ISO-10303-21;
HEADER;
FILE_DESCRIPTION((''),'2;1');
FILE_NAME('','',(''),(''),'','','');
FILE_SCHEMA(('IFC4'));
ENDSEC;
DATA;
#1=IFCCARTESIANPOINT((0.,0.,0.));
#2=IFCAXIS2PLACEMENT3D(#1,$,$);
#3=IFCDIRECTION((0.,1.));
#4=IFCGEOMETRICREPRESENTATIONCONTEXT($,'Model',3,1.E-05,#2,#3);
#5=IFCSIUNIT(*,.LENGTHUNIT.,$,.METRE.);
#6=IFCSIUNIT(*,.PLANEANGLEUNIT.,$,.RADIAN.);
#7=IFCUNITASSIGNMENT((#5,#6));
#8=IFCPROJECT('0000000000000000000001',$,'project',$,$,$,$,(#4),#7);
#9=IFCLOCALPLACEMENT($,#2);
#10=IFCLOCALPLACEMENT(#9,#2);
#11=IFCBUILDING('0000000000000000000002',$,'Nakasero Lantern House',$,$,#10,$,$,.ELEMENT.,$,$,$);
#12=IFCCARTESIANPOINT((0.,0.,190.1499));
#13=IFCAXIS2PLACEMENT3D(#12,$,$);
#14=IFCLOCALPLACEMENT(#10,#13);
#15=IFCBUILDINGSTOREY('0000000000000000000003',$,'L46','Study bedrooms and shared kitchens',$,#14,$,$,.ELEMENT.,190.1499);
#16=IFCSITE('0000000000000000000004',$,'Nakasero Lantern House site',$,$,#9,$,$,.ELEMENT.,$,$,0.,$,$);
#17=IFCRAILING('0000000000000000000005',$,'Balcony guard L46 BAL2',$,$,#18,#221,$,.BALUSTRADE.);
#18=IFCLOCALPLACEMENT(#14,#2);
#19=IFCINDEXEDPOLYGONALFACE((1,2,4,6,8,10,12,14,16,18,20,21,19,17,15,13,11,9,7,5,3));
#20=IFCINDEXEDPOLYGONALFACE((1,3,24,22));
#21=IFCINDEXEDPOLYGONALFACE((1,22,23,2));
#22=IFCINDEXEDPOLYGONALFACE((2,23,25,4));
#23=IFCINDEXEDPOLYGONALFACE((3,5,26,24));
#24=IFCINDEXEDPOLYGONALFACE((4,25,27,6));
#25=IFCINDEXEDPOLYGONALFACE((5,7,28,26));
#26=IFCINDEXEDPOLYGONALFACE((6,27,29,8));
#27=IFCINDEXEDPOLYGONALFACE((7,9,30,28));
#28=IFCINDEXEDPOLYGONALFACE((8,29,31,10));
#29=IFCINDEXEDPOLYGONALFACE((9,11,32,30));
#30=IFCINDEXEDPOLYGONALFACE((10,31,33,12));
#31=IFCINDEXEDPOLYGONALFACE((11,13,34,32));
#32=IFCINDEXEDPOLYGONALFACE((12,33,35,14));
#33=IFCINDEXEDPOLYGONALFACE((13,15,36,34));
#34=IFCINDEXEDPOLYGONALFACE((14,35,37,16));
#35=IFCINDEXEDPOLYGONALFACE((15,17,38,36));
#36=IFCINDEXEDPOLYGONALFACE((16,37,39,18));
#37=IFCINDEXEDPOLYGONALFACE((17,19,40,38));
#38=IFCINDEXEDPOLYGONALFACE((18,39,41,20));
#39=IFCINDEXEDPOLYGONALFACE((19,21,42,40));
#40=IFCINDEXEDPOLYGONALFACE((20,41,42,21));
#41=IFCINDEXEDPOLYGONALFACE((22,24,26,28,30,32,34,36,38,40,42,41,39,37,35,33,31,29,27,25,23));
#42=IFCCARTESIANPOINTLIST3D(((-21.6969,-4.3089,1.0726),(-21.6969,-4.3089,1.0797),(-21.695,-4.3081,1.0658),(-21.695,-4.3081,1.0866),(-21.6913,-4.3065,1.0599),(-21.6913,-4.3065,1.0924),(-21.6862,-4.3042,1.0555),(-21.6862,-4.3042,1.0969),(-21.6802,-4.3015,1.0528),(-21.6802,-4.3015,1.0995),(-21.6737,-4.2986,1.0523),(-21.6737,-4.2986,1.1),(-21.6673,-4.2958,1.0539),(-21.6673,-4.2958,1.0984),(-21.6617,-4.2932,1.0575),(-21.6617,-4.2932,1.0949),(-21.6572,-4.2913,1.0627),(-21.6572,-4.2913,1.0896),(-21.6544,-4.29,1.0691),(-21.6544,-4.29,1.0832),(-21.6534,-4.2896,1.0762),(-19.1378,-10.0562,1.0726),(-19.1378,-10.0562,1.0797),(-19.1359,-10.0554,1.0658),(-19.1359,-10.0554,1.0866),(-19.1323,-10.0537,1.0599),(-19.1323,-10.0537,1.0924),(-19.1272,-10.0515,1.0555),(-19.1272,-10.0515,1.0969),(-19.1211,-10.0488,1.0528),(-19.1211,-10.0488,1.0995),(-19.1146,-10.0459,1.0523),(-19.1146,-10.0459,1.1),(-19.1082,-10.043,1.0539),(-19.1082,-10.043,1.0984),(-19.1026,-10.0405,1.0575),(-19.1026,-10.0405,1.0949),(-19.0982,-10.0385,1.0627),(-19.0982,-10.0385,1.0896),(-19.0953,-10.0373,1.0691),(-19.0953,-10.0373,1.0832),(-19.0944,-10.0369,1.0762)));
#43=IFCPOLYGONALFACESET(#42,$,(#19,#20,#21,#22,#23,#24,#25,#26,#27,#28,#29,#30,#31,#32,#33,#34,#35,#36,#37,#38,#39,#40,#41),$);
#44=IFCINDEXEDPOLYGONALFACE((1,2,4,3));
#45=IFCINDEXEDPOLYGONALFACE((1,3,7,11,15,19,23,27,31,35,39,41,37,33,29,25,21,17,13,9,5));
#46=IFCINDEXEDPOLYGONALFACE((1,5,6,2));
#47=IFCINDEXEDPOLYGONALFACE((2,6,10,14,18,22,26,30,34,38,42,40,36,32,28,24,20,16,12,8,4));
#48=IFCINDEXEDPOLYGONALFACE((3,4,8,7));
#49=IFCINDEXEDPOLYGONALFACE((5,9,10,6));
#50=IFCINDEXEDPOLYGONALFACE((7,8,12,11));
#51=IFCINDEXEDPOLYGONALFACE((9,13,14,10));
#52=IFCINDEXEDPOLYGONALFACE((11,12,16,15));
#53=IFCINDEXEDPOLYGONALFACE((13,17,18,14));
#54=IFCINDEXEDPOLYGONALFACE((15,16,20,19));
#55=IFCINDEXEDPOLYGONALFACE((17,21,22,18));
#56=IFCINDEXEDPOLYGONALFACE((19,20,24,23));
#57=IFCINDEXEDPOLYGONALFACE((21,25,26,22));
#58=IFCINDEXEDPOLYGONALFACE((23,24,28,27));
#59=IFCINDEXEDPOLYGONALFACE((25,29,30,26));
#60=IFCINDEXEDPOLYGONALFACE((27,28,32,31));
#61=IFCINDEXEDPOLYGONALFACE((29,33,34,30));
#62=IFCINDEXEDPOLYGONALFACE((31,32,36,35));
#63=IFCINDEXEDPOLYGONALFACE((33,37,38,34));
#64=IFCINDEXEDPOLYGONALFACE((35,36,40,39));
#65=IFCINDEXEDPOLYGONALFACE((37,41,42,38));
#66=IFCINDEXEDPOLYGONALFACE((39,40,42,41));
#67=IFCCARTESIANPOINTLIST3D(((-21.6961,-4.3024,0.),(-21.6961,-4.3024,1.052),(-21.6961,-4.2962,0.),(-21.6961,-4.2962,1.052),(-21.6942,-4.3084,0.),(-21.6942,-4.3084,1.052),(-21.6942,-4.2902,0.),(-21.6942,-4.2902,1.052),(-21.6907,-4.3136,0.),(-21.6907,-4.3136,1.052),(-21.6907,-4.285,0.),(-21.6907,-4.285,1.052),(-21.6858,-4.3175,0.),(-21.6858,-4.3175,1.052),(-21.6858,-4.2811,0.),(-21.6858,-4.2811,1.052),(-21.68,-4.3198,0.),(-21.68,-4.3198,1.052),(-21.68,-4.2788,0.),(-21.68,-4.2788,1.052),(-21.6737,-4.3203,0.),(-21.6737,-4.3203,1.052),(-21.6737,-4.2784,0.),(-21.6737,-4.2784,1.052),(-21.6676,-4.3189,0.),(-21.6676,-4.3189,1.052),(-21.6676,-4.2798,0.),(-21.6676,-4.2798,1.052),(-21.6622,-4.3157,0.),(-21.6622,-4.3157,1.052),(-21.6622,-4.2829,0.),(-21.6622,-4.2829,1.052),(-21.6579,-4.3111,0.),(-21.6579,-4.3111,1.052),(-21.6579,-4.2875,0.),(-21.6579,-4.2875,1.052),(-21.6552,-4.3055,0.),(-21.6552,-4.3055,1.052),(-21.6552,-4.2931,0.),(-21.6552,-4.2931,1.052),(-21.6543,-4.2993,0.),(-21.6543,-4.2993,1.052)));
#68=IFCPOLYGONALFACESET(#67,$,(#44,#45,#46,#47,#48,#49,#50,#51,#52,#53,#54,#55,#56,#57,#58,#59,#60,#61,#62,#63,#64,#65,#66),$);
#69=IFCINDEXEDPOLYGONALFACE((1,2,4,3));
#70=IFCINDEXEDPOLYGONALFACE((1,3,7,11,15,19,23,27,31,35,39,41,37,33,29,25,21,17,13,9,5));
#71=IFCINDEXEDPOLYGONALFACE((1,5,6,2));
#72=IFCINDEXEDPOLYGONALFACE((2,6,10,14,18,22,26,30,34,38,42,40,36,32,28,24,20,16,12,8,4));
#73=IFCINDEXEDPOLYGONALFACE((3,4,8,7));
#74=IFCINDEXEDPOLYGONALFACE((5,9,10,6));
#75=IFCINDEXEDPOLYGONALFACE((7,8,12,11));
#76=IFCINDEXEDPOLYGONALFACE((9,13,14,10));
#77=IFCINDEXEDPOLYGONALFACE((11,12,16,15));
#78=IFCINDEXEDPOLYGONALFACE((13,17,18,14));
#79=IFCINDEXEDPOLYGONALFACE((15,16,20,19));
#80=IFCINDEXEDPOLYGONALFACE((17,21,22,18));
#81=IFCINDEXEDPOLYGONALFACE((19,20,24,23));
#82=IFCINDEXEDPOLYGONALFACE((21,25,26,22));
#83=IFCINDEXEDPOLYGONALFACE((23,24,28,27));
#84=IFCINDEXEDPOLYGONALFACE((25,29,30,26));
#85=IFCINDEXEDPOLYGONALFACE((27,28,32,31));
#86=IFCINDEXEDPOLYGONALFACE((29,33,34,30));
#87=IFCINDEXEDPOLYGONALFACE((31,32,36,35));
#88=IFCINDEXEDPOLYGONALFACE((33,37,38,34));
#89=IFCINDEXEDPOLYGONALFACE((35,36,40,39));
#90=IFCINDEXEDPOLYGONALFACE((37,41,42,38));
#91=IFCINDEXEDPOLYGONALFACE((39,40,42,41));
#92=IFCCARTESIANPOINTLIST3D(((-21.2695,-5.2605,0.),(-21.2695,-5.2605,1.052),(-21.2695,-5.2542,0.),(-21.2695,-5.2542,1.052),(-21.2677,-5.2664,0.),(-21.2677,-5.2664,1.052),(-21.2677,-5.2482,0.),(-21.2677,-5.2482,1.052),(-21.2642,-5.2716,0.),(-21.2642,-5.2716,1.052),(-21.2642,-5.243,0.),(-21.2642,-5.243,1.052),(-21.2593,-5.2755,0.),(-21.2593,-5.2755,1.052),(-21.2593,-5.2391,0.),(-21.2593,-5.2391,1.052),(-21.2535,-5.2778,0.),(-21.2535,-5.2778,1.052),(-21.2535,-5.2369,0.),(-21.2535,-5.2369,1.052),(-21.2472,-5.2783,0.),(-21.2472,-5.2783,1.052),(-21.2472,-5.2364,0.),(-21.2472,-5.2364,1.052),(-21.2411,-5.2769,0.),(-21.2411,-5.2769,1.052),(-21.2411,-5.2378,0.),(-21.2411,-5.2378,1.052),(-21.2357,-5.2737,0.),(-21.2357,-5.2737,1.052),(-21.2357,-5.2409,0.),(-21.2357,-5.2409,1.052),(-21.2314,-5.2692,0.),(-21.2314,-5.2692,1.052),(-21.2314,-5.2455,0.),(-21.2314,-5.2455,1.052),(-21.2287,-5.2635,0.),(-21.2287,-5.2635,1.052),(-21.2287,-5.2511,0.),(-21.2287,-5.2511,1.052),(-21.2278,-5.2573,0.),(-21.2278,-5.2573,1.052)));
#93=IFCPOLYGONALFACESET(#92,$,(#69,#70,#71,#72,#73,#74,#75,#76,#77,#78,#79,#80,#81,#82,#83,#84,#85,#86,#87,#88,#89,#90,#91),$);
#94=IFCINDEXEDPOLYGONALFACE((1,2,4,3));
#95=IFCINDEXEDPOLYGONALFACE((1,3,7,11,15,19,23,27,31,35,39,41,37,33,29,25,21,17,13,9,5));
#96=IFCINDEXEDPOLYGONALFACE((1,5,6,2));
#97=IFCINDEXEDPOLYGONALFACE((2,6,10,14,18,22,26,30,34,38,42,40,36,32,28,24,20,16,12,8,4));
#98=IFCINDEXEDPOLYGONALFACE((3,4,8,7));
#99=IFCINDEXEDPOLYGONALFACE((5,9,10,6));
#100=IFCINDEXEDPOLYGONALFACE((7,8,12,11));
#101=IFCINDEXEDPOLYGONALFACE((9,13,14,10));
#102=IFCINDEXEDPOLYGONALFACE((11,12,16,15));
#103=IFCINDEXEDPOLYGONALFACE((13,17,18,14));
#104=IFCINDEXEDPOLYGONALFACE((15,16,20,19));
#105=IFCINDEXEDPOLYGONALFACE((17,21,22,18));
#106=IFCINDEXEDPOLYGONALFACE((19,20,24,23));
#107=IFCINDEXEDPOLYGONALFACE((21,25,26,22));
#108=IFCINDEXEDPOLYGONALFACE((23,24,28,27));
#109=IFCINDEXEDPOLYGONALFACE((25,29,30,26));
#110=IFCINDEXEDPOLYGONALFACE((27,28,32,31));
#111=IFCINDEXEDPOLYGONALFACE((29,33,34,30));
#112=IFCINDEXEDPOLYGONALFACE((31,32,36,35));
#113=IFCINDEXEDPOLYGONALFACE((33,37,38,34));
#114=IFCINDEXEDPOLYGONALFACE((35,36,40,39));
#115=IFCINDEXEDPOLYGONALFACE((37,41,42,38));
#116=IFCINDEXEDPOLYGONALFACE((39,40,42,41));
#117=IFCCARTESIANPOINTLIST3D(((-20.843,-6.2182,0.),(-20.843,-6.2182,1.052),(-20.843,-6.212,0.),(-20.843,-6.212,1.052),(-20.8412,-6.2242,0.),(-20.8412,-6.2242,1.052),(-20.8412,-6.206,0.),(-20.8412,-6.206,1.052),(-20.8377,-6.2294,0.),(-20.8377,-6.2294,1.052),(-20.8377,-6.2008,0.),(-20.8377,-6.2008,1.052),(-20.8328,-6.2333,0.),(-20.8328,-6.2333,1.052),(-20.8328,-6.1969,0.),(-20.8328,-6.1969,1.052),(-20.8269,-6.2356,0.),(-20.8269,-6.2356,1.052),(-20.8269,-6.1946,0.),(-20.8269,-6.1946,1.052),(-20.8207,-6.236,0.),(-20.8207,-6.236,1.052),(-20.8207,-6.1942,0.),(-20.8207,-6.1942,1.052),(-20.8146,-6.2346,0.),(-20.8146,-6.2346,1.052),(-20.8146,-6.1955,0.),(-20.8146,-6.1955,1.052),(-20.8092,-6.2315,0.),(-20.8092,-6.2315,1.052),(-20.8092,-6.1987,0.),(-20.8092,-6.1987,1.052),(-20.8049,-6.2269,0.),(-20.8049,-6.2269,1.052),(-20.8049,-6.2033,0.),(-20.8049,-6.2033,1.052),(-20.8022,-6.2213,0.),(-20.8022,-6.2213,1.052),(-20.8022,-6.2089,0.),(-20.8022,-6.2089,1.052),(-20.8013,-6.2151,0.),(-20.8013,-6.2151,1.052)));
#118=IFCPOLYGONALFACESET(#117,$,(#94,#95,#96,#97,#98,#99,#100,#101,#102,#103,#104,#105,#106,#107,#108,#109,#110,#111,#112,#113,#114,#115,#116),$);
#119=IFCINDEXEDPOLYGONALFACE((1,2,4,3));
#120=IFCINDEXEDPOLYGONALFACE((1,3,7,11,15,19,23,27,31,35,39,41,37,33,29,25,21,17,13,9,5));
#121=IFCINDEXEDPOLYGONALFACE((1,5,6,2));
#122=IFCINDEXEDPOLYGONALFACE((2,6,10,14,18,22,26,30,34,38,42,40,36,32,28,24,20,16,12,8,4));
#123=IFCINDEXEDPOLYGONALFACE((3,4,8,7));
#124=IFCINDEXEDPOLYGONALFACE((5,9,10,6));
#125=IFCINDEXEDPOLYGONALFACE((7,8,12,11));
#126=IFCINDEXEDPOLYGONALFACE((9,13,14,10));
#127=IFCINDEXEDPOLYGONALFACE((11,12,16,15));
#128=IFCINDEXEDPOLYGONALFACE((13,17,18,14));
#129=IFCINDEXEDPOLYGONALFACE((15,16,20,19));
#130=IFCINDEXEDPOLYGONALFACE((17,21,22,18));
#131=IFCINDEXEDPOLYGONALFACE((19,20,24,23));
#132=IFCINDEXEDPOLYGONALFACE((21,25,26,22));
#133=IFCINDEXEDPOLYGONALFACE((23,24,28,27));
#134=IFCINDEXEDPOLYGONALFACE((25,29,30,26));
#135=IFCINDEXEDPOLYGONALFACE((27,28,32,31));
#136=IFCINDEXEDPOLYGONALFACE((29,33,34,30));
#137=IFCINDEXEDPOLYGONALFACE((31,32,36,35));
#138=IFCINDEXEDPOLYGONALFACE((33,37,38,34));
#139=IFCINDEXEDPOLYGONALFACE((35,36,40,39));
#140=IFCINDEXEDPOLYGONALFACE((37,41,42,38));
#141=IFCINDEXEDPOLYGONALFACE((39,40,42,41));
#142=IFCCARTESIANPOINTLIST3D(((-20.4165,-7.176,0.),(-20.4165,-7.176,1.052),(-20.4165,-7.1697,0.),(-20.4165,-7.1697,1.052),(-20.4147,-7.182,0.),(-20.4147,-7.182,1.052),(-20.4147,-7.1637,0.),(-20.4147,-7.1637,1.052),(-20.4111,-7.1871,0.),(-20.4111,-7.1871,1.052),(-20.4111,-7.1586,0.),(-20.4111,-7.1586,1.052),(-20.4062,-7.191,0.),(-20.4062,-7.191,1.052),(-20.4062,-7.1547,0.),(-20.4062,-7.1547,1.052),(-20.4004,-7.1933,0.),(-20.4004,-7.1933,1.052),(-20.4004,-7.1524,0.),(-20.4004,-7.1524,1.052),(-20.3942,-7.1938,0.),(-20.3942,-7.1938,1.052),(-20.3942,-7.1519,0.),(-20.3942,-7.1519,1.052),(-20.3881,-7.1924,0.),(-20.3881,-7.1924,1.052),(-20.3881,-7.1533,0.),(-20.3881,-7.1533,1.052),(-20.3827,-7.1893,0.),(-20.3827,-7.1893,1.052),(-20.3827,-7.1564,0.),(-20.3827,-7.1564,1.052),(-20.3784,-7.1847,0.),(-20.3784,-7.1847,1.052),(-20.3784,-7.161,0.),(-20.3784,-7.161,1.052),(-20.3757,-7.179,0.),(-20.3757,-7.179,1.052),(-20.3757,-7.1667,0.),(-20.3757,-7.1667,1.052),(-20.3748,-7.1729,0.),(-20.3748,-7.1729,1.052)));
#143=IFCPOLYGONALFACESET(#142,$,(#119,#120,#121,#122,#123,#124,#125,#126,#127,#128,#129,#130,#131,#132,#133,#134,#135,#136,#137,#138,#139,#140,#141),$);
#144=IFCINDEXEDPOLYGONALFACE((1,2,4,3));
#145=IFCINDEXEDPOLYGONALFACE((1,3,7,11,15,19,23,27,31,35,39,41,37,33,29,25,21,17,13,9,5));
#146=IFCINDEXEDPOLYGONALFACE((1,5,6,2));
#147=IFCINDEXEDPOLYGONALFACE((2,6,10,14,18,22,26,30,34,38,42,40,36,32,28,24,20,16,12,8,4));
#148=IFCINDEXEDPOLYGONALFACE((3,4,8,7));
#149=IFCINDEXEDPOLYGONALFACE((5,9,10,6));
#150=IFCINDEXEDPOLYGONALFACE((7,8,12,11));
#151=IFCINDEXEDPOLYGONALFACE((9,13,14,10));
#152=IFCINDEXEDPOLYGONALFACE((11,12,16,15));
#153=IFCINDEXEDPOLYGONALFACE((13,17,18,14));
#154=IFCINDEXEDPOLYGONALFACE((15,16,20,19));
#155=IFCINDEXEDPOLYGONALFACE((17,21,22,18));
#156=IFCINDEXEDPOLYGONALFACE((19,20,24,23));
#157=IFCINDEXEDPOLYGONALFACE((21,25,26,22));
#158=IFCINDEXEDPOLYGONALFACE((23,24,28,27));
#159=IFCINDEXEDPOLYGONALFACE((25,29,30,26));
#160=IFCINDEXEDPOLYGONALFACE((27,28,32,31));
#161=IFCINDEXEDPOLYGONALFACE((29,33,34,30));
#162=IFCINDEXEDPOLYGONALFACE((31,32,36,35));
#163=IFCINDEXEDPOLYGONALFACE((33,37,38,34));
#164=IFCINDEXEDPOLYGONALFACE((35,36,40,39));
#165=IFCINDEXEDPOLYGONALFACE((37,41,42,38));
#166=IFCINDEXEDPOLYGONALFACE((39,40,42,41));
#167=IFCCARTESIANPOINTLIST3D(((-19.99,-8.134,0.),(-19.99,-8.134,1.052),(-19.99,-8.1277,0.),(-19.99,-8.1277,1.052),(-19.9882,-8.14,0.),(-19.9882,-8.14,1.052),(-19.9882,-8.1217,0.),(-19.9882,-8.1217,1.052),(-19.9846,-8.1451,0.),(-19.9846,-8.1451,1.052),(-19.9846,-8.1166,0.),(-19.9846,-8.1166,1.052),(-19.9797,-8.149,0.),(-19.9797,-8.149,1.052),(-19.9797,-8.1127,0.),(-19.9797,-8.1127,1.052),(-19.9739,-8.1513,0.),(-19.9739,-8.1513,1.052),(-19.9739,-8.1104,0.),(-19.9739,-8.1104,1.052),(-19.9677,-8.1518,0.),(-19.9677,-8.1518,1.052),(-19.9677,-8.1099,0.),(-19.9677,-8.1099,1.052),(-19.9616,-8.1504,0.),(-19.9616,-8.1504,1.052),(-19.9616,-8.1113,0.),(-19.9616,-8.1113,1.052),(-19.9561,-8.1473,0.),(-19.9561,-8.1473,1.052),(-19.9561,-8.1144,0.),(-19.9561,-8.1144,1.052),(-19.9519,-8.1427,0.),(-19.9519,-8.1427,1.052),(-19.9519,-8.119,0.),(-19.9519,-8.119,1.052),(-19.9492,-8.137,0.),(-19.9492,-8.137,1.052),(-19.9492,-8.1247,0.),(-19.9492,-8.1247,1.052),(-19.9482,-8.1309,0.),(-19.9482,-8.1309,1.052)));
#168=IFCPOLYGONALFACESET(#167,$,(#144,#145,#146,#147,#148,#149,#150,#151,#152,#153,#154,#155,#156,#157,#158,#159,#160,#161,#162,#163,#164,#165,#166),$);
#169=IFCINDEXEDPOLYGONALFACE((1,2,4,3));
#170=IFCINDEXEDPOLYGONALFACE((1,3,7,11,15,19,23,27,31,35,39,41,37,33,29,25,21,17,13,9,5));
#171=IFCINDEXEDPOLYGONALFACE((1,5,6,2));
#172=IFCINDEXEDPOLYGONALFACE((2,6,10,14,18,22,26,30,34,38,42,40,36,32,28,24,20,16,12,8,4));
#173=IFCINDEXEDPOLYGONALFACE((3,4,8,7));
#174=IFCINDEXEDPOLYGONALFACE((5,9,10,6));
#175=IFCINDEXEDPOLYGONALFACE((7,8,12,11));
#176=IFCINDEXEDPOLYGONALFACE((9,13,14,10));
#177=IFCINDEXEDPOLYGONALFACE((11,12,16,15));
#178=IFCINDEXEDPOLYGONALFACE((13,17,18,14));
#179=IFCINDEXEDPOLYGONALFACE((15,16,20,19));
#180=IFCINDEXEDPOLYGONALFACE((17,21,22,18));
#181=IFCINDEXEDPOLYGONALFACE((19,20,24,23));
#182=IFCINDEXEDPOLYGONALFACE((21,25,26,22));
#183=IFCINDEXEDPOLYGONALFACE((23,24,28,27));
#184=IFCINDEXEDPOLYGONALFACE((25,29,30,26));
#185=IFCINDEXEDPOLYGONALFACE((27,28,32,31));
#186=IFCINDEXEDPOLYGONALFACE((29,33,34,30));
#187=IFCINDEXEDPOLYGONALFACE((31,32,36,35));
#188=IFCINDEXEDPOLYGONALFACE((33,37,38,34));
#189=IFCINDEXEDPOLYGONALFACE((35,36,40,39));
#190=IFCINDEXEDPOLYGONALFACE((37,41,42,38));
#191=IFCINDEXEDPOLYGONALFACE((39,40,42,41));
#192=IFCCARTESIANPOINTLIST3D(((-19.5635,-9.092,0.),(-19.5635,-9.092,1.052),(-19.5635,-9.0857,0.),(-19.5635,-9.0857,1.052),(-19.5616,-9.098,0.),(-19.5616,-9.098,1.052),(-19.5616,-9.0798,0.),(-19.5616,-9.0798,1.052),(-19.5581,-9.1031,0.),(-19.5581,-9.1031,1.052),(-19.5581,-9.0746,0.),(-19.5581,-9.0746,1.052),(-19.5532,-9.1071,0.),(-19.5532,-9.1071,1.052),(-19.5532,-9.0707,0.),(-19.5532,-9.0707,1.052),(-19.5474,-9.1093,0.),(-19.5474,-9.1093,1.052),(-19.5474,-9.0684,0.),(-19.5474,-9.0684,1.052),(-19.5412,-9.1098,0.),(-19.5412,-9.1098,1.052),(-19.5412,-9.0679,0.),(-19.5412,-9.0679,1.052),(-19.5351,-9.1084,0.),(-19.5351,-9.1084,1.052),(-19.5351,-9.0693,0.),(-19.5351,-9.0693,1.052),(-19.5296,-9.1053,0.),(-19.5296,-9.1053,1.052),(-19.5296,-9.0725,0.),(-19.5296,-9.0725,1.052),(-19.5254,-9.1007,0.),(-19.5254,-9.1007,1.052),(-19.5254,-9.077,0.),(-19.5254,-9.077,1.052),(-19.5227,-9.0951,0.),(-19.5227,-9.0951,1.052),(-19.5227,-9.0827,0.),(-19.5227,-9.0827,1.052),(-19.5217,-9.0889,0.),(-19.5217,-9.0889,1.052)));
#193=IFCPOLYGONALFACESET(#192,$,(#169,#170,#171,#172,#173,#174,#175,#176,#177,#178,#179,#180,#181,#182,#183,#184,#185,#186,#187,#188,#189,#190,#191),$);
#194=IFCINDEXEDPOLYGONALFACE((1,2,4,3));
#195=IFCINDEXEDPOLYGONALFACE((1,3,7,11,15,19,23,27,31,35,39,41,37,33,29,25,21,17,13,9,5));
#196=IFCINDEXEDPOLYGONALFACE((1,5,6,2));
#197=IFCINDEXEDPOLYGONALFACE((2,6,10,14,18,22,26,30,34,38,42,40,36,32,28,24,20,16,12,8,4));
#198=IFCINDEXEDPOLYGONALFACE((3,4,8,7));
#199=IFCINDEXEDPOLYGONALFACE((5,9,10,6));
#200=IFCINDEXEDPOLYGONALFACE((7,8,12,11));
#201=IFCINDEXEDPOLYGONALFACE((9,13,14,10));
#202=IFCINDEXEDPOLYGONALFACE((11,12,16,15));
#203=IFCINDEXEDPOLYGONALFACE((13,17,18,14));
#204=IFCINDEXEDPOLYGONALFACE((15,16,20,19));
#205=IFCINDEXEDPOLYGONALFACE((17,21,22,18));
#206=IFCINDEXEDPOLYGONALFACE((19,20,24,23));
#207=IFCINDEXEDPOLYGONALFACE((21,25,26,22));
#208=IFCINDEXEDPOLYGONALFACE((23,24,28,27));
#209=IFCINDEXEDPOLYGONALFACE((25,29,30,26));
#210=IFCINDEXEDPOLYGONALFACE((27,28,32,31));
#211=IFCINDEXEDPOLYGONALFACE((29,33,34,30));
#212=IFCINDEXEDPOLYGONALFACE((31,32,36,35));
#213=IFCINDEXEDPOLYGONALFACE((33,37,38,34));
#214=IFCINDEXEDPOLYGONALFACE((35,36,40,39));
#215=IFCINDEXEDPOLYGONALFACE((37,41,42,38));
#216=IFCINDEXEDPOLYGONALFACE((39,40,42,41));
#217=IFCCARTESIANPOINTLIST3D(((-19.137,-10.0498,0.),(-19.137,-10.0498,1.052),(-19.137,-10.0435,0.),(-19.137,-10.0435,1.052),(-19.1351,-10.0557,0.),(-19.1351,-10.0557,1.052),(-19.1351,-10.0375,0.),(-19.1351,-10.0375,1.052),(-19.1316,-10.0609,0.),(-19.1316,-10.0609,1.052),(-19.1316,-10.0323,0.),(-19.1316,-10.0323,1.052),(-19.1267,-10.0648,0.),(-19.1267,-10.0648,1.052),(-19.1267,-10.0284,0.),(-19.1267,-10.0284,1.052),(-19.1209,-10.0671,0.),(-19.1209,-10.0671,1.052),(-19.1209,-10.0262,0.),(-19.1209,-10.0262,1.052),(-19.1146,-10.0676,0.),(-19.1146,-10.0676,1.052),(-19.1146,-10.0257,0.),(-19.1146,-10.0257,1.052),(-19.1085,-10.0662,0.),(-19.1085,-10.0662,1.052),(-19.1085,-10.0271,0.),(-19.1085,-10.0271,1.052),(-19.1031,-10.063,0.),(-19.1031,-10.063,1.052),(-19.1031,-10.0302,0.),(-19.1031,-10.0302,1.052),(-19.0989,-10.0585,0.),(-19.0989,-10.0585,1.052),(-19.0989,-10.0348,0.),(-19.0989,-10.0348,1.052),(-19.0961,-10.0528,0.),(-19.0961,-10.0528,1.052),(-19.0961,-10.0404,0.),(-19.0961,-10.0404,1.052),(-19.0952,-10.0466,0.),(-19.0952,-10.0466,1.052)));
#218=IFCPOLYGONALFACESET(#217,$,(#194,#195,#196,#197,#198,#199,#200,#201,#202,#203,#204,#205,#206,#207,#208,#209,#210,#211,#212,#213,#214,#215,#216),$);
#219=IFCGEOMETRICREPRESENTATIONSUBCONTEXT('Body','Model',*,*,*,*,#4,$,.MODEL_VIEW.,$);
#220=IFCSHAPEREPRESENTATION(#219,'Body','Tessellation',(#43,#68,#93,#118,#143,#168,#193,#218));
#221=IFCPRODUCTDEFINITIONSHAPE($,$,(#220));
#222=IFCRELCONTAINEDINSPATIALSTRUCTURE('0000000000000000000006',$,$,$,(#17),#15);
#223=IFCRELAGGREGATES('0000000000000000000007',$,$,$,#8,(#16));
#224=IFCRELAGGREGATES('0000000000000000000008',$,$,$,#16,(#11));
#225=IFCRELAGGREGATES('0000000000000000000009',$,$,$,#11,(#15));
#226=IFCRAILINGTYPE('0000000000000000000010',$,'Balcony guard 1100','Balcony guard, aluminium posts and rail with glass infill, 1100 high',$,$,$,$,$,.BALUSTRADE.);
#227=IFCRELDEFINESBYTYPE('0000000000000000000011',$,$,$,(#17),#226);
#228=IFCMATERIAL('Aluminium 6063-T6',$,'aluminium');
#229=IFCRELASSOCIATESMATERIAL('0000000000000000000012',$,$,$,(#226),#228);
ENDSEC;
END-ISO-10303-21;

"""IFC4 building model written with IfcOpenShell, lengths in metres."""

from ifc_helpers import new_model, si_unit, direction, frame, origin, origin_2d, place, context, subcontext, project, spatial, circle, extrude, material, type_object, element, save


model = new_model("IFC4")

# Units and contexts
model_context = context("Model", 3, precision=1e-05, world=origin(), true_north=direction((0.0, 1.0)))
body_context = subcontext(model_context, "Body", "Model", "MODEL_VIEW")
ifc_project = project(units=[si_unit("LENGTHUNIT", "METRE"), si_unit("PLANEANGLEUNIT", "RADIAN")], contexts=[model_context])

# Site, building, storey
site_placement = place(None, origin())
site = spatial("IfcSite", under=ifc_project, at=site_placement, Name="Nakasero Lantern House site", CompositionType="ELEMENT", RefElevation=0.0)
building_placement = place(site_placement, origin())
building = spatial("IfcBuilding", under=site, at=building_placement, Name="Nakasero Lantern House", CompositionType="ELEMENT")
storey_placement = place(building_placement, frame((0.0, 0.0, 190.1499)))
storey = spatial("IfcBuildingStorey", under=building, at=storey_placement, Name="L46", Description="Study bedrooms and shared kitchens", CompositionType="ELEMENT", Elevation=190.1499)

# Railing
ifc_material_1 = material(Name="Aluminium 6063-T6", Category="aluminium")
railing_type = type_object("IfcRailingType", Name="Balcony guard 1100", Description="Balcony guard, aluminium posts and rail with glass infill, 1100 high", PredefinedType="BALUSTRADE", material=ifc_material_1)
railing_placement = place(storey_placement, frame((-21.6753, -4.2993, 0.0)))
element("IfcRailing", 1, at=railing_placement, inside=storey, type_object=railing_type, Name="Balcony guard L46 BAL2", PredefinedType="BALUSTRADE", context=body_context, shape_type="SweptSolid", body=[
    extrude(circle(Radius=0.0239, at=origin_2d()), frame((0.0, 0.0, 1.0762), z_axis=(0.406765, -0.913533, 0.0), x_axis=(0.913533, 0.406765, 0.0)), (0.0, 0.0, 1.0), 6.2913),
    extrude(circle(Radius=0.021, at=origin_2d()), origin(), (0.0, 0.0, 1.0), 1.052),
    extrude(circle(Radius=0.021, at=origin_2d()), frame((0.4265, -0.958, 0.0)), (0.0, 0.0, 1.0), 1.052),
    extrude(circle(Radius=0.021, at=origin_2d()), frame((0.853, -1.9158, 0.0)), (0.0, 0.0, 1.0), 1.052),
    extrude(circle(Radius=0.021, at=origin_2d()), frame((1.2795, -2.8735, 0.0)), (0.0, 0.0, 1.0), 1.052),
    extrude(circle(Radius=0.021, at=origin_2d()), frame((1.7061, -3.8315, 0.0)), (0.0, 0.0, 1.0), 1.052),
    extrude(circle(Radius=0.021, at=origin_2d()), frame((2.1326, -4.7896, 0.0)), (0.0, 0.0, 1.0), 1.052),
    extrude(circle(Radius=0.021, at=origin_2d()), frame((2.5591, -5.7473, 0.0)), (0.0, 0.0, 1.0), 1.052),
])

save(model, "model.ifc")
